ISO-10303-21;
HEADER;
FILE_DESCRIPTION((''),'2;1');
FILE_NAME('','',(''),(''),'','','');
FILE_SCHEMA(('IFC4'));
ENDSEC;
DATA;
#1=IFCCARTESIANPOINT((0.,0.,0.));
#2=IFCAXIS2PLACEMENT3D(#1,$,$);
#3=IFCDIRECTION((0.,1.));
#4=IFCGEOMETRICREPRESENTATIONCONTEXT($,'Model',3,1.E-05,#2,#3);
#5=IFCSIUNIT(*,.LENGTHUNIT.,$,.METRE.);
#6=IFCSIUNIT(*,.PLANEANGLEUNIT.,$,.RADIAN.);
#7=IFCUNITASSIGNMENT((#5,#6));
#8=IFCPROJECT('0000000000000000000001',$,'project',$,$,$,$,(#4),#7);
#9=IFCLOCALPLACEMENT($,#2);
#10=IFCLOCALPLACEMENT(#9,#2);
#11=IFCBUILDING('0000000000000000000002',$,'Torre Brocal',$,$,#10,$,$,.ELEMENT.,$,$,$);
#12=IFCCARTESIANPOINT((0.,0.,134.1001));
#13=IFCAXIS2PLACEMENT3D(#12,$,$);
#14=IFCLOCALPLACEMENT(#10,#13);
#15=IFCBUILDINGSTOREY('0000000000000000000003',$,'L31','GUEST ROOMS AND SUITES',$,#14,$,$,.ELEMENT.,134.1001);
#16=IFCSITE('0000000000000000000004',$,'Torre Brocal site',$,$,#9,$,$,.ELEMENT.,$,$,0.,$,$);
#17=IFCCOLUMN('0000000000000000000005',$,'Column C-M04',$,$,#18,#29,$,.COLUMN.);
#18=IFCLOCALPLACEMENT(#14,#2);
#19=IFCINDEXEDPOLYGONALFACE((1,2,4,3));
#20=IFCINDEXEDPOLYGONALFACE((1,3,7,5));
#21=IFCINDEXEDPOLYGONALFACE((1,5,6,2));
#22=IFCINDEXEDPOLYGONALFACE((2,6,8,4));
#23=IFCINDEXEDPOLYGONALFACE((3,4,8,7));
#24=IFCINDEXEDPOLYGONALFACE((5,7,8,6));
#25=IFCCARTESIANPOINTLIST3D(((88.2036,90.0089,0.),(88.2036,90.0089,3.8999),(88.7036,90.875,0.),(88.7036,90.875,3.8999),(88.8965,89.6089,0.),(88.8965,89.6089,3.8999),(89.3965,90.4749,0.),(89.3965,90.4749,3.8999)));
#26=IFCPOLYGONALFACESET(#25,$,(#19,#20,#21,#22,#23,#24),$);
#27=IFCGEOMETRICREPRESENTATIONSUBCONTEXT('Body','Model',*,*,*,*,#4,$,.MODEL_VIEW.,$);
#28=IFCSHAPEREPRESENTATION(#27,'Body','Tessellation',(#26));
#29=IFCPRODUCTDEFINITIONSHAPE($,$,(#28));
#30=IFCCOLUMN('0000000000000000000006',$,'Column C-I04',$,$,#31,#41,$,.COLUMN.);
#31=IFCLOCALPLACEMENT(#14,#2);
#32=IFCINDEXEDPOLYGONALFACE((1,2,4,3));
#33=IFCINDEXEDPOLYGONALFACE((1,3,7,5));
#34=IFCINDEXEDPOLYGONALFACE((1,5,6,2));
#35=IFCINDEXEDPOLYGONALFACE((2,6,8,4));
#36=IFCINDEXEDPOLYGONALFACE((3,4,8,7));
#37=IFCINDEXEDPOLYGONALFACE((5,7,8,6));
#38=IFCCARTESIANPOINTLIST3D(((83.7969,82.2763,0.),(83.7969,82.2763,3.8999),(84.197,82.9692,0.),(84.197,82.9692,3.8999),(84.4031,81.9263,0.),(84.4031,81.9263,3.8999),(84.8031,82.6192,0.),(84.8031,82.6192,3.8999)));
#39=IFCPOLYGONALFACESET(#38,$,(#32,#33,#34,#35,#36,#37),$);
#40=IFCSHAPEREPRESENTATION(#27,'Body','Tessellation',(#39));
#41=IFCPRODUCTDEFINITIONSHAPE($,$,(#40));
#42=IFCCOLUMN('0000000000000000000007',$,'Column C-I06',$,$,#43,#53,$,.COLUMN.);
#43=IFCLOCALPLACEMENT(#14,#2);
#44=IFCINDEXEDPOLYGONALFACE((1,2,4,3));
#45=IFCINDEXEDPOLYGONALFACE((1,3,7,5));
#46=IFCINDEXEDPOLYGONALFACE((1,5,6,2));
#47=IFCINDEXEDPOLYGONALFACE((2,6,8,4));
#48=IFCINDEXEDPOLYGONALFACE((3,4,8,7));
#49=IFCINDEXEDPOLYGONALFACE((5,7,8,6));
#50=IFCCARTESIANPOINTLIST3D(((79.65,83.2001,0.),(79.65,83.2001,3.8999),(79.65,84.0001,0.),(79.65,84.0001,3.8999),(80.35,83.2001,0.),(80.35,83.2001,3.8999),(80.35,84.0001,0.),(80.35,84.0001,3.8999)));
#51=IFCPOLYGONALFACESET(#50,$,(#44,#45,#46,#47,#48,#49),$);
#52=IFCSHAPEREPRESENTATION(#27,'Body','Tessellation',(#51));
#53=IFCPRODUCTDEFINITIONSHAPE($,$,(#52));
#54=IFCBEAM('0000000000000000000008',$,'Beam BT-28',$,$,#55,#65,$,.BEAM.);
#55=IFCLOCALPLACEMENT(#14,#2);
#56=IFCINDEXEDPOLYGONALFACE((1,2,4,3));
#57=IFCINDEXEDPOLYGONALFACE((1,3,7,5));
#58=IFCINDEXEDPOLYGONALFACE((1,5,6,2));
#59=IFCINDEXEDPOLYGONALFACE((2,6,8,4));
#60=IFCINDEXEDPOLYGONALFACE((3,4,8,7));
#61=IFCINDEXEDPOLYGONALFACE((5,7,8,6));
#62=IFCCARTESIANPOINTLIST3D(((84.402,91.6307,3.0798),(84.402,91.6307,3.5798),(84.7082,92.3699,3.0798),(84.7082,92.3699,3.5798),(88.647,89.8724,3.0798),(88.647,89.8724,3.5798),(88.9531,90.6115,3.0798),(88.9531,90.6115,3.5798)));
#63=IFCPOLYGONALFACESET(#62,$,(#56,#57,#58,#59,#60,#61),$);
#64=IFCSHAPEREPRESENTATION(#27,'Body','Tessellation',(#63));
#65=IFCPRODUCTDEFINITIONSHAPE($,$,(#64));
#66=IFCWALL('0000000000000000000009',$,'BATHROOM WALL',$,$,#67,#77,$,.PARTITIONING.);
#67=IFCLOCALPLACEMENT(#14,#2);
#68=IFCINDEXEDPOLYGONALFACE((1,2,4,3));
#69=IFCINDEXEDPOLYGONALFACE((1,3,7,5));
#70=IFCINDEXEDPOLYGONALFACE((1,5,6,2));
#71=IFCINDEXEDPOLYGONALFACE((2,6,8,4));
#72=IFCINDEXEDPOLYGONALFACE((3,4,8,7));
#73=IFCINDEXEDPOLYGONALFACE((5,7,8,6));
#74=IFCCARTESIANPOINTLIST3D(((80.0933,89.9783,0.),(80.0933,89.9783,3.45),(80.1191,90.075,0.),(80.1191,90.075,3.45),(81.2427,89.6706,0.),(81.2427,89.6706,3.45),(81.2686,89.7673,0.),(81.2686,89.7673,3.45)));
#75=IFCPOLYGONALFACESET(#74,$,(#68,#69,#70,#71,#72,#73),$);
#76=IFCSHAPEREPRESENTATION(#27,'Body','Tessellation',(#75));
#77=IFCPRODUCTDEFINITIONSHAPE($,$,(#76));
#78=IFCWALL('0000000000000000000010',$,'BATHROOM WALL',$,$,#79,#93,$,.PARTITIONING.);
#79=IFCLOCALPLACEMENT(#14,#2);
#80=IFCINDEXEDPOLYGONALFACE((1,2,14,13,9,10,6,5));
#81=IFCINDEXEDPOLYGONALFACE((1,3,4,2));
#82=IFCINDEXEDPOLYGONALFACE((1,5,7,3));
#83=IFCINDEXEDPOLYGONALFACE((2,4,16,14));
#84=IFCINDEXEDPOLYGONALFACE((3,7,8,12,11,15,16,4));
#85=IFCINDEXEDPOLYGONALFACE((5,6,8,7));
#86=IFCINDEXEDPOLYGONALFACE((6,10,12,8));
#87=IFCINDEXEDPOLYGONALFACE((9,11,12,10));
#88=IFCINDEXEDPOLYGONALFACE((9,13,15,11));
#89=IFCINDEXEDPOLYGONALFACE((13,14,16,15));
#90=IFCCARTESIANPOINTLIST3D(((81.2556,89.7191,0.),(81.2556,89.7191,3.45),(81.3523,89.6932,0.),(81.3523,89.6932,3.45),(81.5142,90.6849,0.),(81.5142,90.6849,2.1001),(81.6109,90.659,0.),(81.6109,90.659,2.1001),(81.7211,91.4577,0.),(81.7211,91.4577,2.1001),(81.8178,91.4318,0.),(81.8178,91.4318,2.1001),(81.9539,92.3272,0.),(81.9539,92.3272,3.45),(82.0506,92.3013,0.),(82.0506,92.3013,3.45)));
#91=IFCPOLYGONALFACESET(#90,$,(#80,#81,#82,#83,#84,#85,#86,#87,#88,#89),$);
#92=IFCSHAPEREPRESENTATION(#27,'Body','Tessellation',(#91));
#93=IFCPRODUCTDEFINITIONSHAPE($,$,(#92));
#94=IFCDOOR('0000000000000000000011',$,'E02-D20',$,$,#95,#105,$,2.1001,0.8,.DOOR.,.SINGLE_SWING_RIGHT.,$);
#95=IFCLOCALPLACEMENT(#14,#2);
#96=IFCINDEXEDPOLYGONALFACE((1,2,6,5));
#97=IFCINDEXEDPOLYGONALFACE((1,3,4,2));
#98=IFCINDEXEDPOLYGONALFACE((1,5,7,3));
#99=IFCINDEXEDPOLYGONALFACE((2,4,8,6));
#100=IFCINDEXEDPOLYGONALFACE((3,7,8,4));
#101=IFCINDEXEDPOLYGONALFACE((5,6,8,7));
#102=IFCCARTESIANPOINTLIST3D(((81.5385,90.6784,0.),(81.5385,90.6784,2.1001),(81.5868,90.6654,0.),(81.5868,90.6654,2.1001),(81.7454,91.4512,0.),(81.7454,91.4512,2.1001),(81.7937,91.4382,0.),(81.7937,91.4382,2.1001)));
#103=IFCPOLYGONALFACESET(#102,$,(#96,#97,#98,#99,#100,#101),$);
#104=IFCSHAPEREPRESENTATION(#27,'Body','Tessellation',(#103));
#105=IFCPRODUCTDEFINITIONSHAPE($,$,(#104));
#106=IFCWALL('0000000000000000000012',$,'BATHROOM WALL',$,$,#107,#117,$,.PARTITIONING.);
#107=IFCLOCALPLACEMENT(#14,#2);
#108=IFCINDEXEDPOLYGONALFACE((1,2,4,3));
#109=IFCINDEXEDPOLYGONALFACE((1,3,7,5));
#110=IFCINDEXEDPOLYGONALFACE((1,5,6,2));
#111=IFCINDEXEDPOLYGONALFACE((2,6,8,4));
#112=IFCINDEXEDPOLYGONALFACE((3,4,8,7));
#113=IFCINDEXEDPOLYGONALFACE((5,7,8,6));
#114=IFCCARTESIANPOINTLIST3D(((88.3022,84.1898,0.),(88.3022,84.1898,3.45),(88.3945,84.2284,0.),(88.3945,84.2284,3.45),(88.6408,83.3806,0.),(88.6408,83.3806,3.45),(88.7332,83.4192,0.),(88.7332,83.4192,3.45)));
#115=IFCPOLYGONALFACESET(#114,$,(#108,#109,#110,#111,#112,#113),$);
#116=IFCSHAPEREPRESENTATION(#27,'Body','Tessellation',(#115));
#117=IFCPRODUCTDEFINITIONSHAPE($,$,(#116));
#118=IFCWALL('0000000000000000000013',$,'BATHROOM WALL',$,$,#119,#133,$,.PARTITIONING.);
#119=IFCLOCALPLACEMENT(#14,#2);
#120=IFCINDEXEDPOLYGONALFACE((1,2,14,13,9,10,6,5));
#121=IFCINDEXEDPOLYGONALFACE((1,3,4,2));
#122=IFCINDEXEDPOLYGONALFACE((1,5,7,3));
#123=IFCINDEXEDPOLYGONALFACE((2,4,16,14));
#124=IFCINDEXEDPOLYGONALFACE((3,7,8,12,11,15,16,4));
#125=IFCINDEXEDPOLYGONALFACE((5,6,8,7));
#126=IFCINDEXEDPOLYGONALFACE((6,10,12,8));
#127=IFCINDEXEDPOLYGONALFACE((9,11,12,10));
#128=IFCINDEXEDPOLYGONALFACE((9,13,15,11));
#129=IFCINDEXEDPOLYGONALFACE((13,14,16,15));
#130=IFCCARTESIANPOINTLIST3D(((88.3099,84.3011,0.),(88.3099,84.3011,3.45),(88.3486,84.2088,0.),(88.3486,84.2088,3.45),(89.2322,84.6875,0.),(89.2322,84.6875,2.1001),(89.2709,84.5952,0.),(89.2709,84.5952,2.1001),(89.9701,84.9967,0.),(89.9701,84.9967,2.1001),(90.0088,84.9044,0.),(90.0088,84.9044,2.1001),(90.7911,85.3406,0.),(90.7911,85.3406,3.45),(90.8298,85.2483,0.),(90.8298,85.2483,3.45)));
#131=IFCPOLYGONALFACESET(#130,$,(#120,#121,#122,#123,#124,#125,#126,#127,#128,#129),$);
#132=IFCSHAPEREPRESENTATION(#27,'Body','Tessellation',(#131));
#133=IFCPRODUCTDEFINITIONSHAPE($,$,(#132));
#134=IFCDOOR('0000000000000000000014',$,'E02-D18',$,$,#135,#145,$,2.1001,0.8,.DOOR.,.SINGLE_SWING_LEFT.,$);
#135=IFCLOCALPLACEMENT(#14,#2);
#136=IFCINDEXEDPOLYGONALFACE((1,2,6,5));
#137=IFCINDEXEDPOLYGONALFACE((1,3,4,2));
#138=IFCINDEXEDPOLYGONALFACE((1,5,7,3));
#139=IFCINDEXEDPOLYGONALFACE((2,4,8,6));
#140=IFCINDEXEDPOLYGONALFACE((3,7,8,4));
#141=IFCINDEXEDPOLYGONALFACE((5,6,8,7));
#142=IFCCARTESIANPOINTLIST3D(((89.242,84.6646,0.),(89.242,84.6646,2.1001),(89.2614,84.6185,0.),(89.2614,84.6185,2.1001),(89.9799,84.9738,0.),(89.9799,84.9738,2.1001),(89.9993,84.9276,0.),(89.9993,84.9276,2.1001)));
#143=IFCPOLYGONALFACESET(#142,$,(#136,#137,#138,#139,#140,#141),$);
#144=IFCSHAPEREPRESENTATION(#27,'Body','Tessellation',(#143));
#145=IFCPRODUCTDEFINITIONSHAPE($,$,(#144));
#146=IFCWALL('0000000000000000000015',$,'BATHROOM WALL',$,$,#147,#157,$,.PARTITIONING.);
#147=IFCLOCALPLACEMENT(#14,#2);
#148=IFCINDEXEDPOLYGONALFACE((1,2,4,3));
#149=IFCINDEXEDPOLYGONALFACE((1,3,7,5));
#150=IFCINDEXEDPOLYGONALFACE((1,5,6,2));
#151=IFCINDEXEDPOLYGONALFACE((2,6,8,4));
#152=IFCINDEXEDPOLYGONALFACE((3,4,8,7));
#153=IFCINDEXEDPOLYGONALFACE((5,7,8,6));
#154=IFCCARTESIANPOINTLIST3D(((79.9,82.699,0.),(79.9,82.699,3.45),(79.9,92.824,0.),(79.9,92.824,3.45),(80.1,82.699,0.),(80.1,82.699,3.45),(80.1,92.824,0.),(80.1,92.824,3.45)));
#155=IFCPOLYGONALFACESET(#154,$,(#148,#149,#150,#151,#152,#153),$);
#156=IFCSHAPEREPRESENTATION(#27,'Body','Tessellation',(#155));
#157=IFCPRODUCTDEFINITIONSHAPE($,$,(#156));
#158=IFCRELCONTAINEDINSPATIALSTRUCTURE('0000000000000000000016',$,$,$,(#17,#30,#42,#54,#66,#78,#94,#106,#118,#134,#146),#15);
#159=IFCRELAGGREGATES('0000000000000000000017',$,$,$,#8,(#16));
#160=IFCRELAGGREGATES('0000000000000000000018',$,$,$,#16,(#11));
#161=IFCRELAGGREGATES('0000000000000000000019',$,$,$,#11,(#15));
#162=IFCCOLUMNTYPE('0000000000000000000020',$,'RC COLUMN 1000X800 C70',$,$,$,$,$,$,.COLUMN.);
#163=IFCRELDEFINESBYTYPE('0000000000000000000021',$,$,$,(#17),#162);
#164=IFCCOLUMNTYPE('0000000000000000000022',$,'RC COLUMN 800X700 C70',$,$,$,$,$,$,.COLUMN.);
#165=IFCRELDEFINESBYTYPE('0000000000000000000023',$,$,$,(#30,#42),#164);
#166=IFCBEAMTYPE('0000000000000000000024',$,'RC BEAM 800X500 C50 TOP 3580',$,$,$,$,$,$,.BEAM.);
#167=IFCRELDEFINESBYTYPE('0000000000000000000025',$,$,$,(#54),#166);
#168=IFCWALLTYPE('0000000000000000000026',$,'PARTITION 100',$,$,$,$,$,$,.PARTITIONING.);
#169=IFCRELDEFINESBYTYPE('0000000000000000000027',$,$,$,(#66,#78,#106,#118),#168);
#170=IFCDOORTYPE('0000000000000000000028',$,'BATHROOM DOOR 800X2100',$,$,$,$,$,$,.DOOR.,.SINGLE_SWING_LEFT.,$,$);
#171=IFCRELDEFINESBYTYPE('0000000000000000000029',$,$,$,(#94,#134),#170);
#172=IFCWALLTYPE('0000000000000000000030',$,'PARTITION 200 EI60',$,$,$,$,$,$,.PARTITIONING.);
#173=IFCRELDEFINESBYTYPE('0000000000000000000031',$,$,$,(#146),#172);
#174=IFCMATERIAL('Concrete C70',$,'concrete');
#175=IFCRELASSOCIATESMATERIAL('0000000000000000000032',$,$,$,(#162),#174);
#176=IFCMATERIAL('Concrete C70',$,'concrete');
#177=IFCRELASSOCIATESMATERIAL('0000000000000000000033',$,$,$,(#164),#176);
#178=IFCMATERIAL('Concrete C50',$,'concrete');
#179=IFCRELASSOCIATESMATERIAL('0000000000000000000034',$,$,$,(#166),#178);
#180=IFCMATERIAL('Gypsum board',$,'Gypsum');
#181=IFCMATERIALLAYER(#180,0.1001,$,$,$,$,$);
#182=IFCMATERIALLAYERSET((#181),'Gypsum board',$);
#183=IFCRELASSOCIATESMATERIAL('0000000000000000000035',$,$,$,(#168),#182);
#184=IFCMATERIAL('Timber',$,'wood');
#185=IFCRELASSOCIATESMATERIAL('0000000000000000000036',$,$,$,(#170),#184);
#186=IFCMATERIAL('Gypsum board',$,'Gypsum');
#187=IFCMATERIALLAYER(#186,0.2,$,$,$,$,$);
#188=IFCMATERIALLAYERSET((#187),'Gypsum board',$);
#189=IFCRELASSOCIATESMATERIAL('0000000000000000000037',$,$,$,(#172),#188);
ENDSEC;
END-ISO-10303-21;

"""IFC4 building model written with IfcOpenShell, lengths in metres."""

from ifc_helpers import new_model, si_unit, direction, frame, frame_2d, origin, origin_2d, place, context, subcontext, project, spatial, rectangle, extrude, material, layer, layer_set, material_profile, profile_set, type_object, element, fill, save


model = new_model("IFC4")

# Units and contexts
model_context = context("Model", 3, precision=1e-05, world=origin(), true_north=direction((0.0, 1.0)))
body_context = subcontext(model_context, "Body", "Model", "MODEL_VIEW")
ifc_project = project(units=[si_unit("LENGTHUNIT", "METRE"), si_unit("PLANEANGLEUNIT", "RADIAN")], contexts=[model_context])

# Site, building, storey
site_placement = place(None, origin())
site = spatial("IfcSite", under=ifc_project, at=site_placement, Name="Torre Brocal site", CompositionType="ELEMENT", RefElevation=0.0)
building_placement = place(site_placement, origin())
building = spatial("IfcBuilding", under=site, at=building_placement, Name="Torre Brocal", CompositionType="ELEMENT")
storey_placement = place(building_placement, frame((0.0, 0.0, 134.1001)))
storey = spatial("IfcBuildingStorey", under=building, at=storey_placement, Name="L31", Description="GUEST ROOMS AND SUITES", CompositionType="ELEMENT", Elevation=134.1001)

# Columns
ifc_material_1 = material(Name="Concrete C70", Category="concrete")
ifc_material_profile_1 = material_profile(ifc_material_1, rectangle(XDim=1.0, YDim=0.8, at=origin_2d()), Name="RC 1000X800")
ifc_profile_set_1 = profile_set([ifc_material_profile_1], Name="Concrete C70")
column_type_1 = type_object("IfcColumnType", Name="RC COLUMN 1000X800 C70", PredefinedType="COLUMN", material=ifc_profile_set_1)
column_placement = place(storey_placement, frame((88.8, 90.2419, 0.0), z_axis=(0.0, 0.0, 1.0), x_axis=(0.5, 0.866025, 0.0)))
element("IfcColumn", 1, at=column_placement, inside=storey, type_object=column_type_1, Name="Column C-M04", PredefinedType="COLUMN", context=body_context, shape_type="SweptSolid", body=[
    extrude(rectangle(XDim=1.0, YDim=0.8, at=origin_2d()), origin(), (0.0, 0.0, 1.0), 3.8999),
])
ifc_material_2 = material(Name="Concrete C70", Category="concrete")
ifc_material_profile_2 = material_profile(ifc_material_2, rectangle(XDim=0.8, YDim=0.7, at=origin_2d()), Name="RC 800X700")
ifc_profile_set_2 = profile_set([ifc_material_profile_2], Name="Concrete C70")
column_type_2 = type_object("IfcColumnType", Name="RC COLUMN 800X700 C70", PredefinedType="COLUMN", material=ifc_profile_set_2)
for number, where, z_axis, x_axis, name in (
    (2, (84.3, 82.4478, 0.0), (0.0, 0.0, 1.0), (0.5, 0.866025, 0.0), "Column C-I04"),
    (3, (80.0, 83.6001, 0.0), (0.0, 0.0, 1.0), (0.0, 1.0, 0.0), "Column C-I06"),
):
    element("IfcColumn", number, at=place(storey_placement, frame(where, z_axis=z_axis, x_axis=x_axis)), inside=storey, type_object=column_type_2, Name=name, PredefinedType="COLUMN", context=body_context, shape_type="SweptSolid", body=[
        extrude(rectangle(XDim=0.8, YDim=0.7, at=origin_2d()), origin(), (0.0, 0.0, 1.0), 3.8999),
    ])

# Beam
ifc_material_3 = material(Name="Concrete C50", Category="concrete")
ifc_material_profile_3 = material_profile(ifc_material_3, rectangle(XDim=0.8, YDim=0.5, at=origin_2d()), Name="RC 800X500")
ifc_profile_set_3 = profile_set([ifc_material_profile_3], Name="Concrete C50")
beam_type = type_object("IfcBeamType", Name="RC BEAM 800X500 C50 TOP 3580", PredefinedType="BEAM", material=ifc_profile_set_3)
beam_placement = place(storey_placement, frame((88.8, 90.2419, 3.3298), z_axis=(-0.923878, 0.382687, 0.0), x_axis=(-0.382687, -0.923878, 0.0)))
element("IfcBeam", 4, at=beam_placement, inside=storey, type_object=beam_type, Name="Beam BT-28", PredefinedType="BEAM", context=body_context, shape_type="SweptSolid", body=[
    extrude(rectangle(XDim=0.8, YDim=0.5, at=origin_2d()), origin(), (0.0, 0.0, 1.0), 4.5947),
])

# Wall
ifc_material_4 = material(Name="Gypsum board", Category="Gypsum")
ifc_layer_1 = layer(ifc_material_4, 0.1001)
ifc_layer_set_1 = layer_set([ifc_layer_1], Name="Gypsum board")
wall_type_1 = type_object("IfcWallType", Name="PARTITION 100", PredefinedType="PARTITIONING", material=ifc_layer_set_1)
wall_1_placement = place(storey_placement, frame((80.1062, 90.0266, 0.0), z_axis=(0.0, 0.0, 1.0), x_axis=(0.966003, -0.258531, 0.0)))
element("IfcWall", 5, at=wall_1_placement, inside=storey, type_object=wall_type_1, Name="BATHROOM WALL", PredefinedType="PARTITIONING", context=body_context, shape_type="SweptSolid", body=[
    extrude(rectangle(XDim=1.1899, YDim=0.1001, at=frame_2d((0.595, 0.0))), origin(), (0.0, 0.0, 1.0), 3.45),
])

# Wall, opening, door
wall_2_placement = place(storey_placement, frame((81.304, 89.7061, 0.0), z_axis=(0.0, 0.0, 1.0), x_axis=(0.258608, 0.965982, 0.0)))
wall_2 = element("IfcWall", 6, at=wall_2_placement, inside=storey, type_object=wall_type_1, Name="BATHROOM WALL", PredefinedType="PARTITIONING", context=body_context, shape_type="SweptSolid", body=[
    extrude(rectangle(XDim=2.7, YDim=0.1001, at=frame_2d((1.3501, 0.0))), origin(), (0.0, 0.0, 1.0), 3.45),
])
opening_1_placement = place(wall_2_placement, frame((1.0, 0.0, 0.0)))
opening_1 = element("IfcOpeningElement", 7, at=opening_1_placement, cuts=wall_2, PredefinedType="OPENING", context=body_context, shape_type="SweptSolid", body=[
    extrude(rectangle(XDim=0.8, YDim=2.1001, at=frame_2d((0.3999, 1.05))), frame((0.0, 0.0601, 0.0), z_axis=(0.0, -1.0, 0.0), x_axis=(1.0, 0.0, 0.0)), (0.0, 0.0, 1.0), 0.1201),
])
ifc_material_5 = material(Name="Timber", Category="wood")
door_type_1 = type_object("IfcDoorType", Name="BATHROOM DOOR 800X2100", OperationType="SINGLE_SWING_LEFT", PredefinedType="DOOR", material=ifc_material_5)
door_1_placement = place(opening_1_placement, origin())
door_1 = element("IfcDoor", 8, at=door_1_placement, inside=storey, type_object=door_type_1, Name="E02-D20", OperationType="SINGLE_SWING_RIGHT", OverallHeight=2.1001, OverallWidth=0.8, PredefinedType="DOOR", context=body_context, shape_type="SweptSolid", body=[
    extrude(rectangle(XDim=0.8, YDim=2.1001, at=frame_2d((0.3999, 1.05))), frame((0.0, 0.0249, 0.0), z_axis=(0.0, -1.0, 0.0), x_axis=(1.0, 0.0, 0.0)), (0.0, 0.0, 1.0), 0.05),
])
fill(opening_1, door_1)

# Wall
wall_3_placement = place(storey_placement, frame((88.3484, 84.209, 0.0), z_axis=(0.0, 0.0, 1.0), x_axis=(0.386077, -0.922466, 0.0)))
element("IfcWall", 9, at=wall_3_placement, inside=storey, type_object=wall_type_1, Name="BATHROOM WALL", PredefinedType="PARTITIONING", context=body_context, shape_type="SweptSolid", body=[
    extrude(rectangle(XDim=0.8772, YDim=0.1001, at=frame_2d((0.4385, 0.0))), origin(), (0.0, 0.0, 1.0), 3.45),
])

# Wall, opening, door
wall_4_placement = place(storey_placement, frame((88.3291, 84.2549, 0.0), z_axis=(0.0, 0.0, 1.0), x_axis=(0.922321, 0.386425, 0.0)))
wall_4 = element("IfcWall", 10, at=wall_4_placement, inside=storey, type_object=wall_type_1, Name="BATHROOM WALL", PredefinedType="PARTITIONING", context=body_context, shape_type="SweptSolid", body=[
    extrude(rectangle(XDim=2.6902, YDim=0.1001, at=frame_2d((1.3452, 0.0))), origin(), (0.0, 0.0, 1.0), 3.45),
])
opening_2_placement = place(wall_4_placement, frame((1.0002, 0.0, 0.0)))
opening_2 = element("IfcOpeningElement", 11, at=opening_2_placement, cuts=wall_4, PredefinedType="OPENING", context=body_context, shape_type="SweptSolid", body=[
    extrude(rectangle(XDim=0.8, YDim=2.1001, at=frame_2d((0.3999, 1.05))), frame((0.0, 0.0601, 0.0), z_axis=(0.0, -1.0, 0.0), x_axis=(1.0, 0.0, 0.0)), (0.0, 0.0, 1.0), 0.1201),
])
door_2_placement = place(opening_2_placement, frame((0.8, 0.0, 0.0), z_axis=(0.0, 0.0, 1.0), x_axis=(-1.0, 0.0, 0.0)))
door_2 = element("IfcDoor", 12, at=door_2_placement, inside=storey, type_object=door_type_1, Name="E02-D18", OperationType="SINGLE_SWING_LEFT", OverallHeight=2.1001, OverallWidth=0.8, PredefinedType="DOOR", context=body_context, shape_type="SweptSolid", body=[
    extrude(rectangle(XDim=0.8, YDim=2.1001, at=frame_2d((0.3999, 1.05))), frame((0.0, 0.0249, 0.0), z_axis=(0.0, -1.0, 0.0), x_axis=(1.0, 0.0, 0.0)), (0.0, 0.0, 1.0), 0.05),
])
fill(opening_2, door_2)

# Wall
ifc_material_6 = material(Name="Gypsum board", Category="Gypsum")
ifc_layer_2 = layer(ifc_material_6, 0.2)
ifc_layer_set_2 = layer_set([ifc_layer_2], Name="Gypsum board")
wall_type_2 = type_object("IfcWallType", Name="PARTITION 200 EI60", PredefinedType="PARTITIONING", material=ifc_layer_set_2)
wall_5_placement = place(storey_placement, frame((80.0, 82.699, 0.0), z_axis=(0.0, 0.0, 1.0), x_axis=(0.0, 1.0, 0.0)))
element("IfcWall", 13, at=wall_5_placement, inside=storey, type_object=wall_type_2, Name="BATHROOM WALL", PredefinedType="PARTITIONING", context=body_context, shape_type="SweptSolid", body=[
    extrude(rectangle(XDim=10.125, YDim=0.2, at=frame_2d((5.0625, 0.0))), origin(), (0.0, 0.0, 1.0), 3.45),
])

save(model, "model.ifc")
